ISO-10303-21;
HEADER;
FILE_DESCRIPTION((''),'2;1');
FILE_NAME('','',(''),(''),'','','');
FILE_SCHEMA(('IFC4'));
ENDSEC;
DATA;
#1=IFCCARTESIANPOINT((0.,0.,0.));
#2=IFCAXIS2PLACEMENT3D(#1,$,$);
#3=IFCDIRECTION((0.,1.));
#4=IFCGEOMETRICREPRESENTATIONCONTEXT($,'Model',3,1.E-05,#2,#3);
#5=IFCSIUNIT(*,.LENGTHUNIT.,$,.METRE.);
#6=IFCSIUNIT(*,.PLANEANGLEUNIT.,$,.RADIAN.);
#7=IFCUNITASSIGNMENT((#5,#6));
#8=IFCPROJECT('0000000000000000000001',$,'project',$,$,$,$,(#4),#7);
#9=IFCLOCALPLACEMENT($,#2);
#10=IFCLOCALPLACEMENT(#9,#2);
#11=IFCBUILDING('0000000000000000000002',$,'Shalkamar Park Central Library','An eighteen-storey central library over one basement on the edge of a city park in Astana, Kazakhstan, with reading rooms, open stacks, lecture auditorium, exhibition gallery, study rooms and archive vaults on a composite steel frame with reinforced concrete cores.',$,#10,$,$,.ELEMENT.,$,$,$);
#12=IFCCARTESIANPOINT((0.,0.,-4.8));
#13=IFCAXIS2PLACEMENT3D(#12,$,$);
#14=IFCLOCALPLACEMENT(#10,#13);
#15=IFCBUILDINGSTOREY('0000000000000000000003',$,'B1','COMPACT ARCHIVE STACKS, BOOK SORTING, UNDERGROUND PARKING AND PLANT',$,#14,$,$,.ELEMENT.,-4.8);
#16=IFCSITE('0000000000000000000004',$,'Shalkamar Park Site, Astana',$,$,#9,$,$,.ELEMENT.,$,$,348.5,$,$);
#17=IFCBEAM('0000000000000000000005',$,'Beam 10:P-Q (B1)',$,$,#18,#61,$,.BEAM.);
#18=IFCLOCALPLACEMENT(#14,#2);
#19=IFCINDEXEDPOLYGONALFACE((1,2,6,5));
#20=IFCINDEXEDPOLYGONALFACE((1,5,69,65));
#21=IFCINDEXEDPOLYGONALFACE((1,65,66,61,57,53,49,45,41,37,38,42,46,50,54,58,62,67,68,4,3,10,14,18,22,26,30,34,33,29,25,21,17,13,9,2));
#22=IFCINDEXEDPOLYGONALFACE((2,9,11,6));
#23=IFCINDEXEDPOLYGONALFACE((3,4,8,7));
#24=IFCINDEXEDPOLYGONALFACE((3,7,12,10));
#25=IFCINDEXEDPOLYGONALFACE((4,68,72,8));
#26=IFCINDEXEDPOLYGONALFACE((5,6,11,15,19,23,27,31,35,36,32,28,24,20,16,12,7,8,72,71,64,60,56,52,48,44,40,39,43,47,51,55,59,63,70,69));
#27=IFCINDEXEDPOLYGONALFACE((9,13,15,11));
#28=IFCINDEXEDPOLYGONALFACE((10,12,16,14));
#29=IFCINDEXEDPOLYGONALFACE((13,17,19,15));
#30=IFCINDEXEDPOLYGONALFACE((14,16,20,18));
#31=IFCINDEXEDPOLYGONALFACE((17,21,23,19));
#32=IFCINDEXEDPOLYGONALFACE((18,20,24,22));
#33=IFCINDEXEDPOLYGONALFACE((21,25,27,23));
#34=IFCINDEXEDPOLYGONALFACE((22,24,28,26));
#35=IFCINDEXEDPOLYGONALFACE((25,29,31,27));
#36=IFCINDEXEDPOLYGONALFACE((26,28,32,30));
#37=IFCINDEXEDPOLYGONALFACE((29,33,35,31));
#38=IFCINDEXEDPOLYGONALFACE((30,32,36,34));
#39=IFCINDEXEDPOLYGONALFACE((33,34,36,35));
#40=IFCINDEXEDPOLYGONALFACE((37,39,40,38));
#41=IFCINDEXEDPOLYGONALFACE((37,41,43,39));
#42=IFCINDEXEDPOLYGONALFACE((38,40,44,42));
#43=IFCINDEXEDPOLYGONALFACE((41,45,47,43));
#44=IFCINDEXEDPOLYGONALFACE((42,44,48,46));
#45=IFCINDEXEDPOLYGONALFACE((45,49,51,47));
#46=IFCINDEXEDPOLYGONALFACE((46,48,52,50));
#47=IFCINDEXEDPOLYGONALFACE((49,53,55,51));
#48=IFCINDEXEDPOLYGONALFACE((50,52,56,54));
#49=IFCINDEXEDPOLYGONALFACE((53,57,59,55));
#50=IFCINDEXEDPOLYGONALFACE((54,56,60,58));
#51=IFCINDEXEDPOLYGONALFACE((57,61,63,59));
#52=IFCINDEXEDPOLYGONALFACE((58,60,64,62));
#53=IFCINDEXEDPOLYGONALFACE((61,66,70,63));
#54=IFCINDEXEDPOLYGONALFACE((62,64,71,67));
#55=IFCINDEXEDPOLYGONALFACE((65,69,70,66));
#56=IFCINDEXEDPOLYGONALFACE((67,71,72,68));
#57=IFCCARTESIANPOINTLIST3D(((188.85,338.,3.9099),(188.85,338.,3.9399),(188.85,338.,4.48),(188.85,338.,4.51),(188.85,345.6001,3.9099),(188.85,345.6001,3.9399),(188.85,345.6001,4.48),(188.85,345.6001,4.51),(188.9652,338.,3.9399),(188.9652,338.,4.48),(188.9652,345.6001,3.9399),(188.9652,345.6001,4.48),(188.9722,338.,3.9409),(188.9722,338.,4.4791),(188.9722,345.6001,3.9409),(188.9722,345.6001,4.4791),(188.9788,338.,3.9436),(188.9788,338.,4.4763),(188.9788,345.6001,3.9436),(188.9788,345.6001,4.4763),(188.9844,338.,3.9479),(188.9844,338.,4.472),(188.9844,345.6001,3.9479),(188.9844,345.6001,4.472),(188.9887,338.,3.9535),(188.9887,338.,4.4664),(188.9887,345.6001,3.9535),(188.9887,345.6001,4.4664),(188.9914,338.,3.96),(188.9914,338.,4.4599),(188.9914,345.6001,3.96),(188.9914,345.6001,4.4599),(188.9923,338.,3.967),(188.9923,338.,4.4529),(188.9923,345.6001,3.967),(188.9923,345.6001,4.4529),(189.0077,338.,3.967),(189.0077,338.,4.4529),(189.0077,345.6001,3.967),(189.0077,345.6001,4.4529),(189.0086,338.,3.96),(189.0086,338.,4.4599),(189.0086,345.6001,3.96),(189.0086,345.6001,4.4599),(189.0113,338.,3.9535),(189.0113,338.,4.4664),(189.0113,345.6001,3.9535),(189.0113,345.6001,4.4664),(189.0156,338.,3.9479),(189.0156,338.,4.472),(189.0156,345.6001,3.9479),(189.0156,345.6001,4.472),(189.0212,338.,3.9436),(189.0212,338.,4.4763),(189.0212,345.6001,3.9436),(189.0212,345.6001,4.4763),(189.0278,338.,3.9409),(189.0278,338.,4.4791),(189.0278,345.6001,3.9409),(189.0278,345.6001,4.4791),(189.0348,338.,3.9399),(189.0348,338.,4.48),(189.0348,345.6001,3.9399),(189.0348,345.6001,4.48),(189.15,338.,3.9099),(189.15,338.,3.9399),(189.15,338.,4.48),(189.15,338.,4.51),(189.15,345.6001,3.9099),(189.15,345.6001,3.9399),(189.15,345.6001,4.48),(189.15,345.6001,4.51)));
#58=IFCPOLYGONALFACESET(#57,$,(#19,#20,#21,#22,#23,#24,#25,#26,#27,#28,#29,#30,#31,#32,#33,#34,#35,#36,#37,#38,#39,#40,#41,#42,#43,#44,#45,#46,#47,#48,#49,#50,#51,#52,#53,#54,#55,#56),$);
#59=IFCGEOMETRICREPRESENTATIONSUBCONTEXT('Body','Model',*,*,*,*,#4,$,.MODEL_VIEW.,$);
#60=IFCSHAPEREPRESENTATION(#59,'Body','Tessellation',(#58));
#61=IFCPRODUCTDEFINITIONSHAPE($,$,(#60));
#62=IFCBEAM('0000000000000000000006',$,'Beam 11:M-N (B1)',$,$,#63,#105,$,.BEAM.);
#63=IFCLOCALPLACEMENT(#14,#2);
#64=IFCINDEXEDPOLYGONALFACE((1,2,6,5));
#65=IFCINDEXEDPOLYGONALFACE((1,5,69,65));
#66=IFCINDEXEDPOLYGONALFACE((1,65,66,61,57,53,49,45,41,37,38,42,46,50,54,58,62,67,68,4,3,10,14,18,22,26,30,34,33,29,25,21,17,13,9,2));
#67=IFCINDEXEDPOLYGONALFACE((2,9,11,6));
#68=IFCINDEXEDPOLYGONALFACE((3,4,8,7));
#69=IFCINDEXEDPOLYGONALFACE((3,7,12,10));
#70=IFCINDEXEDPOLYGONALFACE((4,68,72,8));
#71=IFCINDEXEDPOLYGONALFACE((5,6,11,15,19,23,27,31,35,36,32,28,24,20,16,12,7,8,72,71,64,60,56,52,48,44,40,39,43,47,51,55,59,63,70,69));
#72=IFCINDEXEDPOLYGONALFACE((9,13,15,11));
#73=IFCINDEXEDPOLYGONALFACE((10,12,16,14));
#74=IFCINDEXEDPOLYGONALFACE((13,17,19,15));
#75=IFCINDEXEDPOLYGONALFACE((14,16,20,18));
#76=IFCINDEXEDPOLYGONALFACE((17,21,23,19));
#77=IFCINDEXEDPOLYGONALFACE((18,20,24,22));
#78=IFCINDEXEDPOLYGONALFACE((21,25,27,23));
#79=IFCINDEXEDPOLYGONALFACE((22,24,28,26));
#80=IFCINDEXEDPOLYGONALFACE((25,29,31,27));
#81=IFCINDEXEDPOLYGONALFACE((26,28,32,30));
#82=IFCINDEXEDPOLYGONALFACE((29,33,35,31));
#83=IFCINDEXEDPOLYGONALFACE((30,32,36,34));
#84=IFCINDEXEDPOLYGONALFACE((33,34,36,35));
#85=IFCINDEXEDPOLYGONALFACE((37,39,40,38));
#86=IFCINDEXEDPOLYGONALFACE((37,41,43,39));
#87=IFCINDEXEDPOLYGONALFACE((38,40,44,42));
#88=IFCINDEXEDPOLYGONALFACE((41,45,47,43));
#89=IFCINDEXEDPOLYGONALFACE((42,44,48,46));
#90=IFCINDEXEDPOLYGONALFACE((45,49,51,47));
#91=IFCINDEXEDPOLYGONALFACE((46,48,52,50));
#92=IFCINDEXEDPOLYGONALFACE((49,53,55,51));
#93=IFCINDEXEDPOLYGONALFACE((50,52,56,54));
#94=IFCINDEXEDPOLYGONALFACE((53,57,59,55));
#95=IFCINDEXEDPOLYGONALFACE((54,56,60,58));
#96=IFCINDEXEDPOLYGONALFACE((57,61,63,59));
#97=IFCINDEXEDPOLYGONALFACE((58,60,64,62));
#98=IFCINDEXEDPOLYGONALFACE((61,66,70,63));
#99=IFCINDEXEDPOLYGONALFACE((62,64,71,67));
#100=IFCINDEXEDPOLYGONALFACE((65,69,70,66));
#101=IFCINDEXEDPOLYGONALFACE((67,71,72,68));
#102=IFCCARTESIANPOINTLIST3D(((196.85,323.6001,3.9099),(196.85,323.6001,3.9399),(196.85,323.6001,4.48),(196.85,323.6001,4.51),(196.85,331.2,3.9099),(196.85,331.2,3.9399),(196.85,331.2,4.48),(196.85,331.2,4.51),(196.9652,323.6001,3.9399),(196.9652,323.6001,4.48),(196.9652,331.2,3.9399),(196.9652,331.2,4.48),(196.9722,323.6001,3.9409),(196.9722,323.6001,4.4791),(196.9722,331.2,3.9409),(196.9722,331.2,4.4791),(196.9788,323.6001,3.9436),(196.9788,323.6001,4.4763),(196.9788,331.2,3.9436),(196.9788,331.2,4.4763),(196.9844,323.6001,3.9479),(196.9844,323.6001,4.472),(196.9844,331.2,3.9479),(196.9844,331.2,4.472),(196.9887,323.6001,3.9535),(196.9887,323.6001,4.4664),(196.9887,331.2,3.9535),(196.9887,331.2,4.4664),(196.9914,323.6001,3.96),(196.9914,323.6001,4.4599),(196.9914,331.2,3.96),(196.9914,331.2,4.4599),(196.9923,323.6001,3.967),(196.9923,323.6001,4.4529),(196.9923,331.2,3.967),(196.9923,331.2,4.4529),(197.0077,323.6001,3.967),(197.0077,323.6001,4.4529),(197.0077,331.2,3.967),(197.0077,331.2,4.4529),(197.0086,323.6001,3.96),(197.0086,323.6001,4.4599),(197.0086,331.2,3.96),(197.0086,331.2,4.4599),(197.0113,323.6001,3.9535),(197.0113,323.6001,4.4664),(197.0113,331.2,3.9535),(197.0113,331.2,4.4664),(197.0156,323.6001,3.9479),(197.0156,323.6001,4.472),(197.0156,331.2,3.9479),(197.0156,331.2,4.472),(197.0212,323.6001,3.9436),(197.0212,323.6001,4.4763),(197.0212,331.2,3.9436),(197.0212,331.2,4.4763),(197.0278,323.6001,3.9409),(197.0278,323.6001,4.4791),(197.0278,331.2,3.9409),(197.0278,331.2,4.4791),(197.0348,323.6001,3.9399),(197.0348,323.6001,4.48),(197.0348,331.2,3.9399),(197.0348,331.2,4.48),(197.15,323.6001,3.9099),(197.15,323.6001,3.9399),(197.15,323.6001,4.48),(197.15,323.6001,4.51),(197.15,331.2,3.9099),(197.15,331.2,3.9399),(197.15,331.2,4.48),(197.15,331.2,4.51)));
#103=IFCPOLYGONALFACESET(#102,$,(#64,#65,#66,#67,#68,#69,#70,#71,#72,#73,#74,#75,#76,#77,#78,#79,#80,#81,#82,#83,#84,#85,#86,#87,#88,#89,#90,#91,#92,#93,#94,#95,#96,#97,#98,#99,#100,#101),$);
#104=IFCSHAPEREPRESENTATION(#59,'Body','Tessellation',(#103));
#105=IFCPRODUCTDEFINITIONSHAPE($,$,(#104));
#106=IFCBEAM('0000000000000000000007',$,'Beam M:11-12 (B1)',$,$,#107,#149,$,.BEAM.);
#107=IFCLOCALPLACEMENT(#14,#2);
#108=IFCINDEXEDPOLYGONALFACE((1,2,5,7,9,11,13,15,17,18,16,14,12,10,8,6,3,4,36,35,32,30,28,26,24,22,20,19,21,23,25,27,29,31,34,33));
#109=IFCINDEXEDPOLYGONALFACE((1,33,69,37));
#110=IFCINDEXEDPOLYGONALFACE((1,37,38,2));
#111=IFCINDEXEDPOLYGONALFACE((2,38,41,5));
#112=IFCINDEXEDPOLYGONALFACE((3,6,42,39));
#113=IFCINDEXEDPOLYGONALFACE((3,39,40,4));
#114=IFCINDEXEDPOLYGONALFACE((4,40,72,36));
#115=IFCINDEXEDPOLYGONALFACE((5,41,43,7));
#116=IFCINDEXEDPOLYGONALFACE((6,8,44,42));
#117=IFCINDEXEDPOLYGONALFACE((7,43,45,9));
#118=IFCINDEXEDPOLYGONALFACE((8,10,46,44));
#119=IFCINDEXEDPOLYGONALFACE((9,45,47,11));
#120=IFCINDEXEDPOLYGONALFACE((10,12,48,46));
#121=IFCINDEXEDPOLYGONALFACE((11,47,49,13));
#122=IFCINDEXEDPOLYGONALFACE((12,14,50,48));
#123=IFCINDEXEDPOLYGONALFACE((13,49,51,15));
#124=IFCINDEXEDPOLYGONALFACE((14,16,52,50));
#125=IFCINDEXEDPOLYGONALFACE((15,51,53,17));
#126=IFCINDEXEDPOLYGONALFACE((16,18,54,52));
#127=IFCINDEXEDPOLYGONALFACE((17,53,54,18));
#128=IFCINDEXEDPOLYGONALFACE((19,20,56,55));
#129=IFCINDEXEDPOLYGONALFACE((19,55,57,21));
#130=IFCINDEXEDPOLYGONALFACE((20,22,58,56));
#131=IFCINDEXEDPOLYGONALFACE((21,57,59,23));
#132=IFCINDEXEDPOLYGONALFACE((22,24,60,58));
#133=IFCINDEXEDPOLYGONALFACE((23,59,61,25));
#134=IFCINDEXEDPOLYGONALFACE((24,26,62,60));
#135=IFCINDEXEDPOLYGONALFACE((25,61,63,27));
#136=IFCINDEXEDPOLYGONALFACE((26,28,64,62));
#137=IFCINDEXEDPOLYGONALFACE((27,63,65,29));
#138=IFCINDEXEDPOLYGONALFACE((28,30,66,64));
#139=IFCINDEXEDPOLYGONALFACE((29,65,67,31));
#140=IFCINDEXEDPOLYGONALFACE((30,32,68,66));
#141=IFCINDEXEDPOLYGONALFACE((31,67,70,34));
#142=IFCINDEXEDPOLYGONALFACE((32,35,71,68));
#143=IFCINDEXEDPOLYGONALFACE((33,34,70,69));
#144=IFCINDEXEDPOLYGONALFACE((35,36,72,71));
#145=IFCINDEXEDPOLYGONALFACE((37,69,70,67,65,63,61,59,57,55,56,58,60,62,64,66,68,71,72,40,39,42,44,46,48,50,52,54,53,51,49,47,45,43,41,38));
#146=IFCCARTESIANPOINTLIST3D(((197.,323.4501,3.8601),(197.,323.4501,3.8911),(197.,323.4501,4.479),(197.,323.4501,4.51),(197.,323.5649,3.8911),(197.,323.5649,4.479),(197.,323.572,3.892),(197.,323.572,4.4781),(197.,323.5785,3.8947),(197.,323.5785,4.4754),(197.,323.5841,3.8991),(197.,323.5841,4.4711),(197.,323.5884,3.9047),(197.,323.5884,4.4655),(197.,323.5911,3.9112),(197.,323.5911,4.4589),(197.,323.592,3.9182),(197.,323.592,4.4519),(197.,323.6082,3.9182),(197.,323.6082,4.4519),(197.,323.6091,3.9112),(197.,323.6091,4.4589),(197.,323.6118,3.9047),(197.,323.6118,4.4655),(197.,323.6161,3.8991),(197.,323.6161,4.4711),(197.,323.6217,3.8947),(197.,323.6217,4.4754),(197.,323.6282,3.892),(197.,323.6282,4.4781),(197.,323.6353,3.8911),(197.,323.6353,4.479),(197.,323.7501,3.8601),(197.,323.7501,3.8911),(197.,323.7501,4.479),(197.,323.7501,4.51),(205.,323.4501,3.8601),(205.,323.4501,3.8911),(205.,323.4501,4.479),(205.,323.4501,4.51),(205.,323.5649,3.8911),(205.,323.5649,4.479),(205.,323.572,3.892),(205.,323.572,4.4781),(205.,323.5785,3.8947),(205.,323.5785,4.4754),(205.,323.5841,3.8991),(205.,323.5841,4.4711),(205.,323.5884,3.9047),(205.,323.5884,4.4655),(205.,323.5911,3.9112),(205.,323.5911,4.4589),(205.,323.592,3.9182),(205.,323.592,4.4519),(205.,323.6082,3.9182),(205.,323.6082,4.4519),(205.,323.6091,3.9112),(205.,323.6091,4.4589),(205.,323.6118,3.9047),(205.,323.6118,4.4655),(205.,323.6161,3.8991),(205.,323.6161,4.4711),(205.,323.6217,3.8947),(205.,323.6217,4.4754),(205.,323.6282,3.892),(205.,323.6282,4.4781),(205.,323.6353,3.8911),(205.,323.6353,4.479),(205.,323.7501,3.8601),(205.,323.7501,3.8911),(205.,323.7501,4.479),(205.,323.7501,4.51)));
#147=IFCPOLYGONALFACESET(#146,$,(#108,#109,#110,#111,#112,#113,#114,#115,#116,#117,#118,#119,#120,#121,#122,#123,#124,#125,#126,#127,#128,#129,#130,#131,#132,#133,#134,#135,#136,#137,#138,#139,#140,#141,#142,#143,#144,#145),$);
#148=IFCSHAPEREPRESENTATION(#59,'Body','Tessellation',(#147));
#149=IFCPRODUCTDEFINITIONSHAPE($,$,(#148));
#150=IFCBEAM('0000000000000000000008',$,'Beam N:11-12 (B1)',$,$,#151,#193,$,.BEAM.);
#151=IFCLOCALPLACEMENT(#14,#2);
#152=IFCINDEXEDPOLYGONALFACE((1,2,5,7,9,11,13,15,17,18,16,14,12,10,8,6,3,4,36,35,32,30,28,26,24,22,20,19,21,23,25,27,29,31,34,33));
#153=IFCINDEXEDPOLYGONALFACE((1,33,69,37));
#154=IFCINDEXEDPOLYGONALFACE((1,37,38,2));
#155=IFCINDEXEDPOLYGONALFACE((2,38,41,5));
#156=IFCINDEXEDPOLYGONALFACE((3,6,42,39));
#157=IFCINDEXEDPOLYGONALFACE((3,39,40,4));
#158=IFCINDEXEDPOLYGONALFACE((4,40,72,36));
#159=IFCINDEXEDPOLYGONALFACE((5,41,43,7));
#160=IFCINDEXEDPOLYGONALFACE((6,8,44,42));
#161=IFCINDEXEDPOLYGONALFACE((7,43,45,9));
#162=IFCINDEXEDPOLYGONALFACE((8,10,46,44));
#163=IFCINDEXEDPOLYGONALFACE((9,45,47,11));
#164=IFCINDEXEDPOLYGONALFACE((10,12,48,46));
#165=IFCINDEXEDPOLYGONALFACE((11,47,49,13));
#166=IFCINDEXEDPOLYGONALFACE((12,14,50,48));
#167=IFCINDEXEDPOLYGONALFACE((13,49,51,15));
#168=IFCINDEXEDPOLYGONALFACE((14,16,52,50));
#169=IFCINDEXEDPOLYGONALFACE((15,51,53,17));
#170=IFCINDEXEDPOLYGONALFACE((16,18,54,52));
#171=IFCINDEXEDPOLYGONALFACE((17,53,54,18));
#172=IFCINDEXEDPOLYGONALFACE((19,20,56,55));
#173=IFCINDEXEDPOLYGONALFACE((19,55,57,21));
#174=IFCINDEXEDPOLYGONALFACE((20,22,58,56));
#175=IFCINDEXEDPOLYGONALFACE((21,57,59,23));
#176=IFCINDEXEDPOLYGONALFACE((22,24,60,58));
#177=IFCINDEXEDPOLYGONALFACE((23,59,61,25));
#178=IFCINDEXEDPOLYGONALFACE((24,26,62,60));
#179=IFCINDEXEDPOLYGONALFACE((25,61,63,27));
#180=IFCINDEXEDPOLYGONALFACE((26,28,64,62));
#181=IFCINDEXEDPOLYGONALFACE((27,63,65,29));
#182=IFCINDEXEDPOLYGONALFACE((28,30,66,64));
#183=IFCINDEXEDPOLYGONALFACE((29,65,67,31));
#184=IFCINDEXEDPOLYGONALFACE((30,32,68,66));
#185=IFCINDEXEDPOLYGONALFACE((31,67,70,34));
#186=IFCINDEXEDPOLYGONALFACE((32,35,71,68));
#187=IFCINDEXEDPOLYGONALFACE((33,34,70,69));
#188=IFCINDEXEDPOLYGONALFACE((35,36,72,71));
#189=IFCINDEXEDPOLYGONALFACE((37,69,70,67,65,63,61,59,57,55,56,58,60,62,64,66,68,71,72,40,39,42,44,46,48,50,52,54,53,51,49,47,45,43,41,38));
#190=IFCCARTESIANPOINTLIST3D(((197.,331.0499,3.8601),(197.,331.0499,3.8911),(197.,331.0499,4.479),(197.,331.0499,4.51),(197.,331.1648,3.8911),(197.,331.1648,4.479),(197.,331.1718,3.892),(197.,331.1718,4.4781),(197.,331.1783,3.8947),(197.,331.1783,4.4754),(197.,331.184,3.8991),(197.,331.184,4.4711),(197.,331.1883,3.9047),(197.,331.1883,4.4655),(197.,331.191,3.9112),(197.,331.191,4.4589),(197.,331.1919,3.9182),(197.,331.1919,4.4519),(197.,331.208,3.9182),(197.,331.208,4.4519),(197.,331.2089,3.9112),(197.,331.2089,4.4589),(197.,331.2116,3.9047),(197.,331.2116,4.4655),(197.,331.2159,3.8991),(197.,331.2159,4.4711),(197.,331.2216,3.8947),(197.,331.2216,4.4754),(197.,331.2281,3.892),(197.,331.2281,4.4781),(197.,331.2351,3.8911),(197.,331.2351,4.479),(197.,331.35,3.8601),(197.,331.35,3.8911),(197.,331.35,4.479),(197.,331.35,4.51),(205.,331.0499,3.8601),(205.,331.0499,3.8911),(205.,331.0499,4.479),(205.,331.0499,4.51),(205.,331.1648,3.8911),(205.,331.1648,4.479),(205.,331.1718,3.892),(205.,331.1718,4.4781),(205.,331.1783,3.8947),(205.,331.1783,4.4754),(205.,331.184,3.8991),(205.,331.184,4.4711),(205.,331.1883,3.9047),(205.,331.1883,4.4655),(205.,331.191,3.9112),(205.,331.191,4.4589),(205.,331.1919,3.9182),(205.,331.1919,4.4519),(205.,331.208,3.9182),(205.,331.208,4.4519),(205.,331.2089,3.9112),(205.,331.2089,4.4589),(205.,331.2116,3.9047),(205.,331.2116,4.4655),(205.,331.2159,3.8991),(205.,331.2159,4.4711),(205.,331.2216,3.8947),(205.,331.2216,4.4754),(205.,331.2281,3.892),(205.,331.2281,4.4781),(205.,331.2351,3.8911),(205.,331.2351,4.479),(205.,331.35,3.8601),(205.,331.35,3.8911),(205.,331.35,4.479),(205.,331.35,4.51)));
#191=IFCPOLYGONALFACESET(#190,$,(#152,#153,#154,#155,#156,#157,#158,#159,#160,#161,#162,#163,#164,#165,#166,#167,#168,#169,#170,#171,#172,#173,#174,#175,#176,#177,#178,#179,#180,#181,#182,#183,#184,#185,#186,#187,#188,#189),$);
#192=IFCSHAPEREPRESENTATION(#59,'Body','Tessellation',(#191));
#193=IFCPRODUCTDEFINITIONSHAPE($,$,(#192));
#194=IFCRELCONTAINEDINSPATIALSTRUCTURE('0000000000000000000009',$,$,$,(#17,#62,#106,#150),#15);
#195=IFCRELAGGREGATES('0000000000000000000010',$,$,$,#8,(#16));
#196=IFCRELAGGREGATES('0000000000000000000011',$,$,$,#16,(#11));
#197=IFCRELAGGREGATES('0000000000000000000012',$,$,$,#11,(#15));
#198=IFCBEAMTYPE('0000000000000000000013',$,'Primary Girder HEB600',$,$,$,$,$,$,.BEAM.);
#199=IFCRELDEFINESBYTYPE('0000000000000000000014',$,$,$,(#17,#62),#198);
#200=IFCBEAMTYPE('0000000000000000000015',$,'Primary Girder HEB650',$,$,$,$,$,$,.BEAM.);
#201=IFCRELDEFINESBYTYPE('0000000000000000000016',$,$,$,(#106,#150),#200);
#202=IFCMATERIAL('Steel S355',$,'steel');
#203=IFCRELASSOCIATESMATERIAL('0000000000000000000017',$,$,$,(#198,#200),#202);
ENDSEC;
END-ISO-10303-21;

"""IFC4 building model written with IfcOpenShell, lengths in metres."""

from ifc_helpers import new_model, si_unit, direction, frame, origin, origin_2d, place, context, subcontext, project, spatial, i_section, extrude, material, material_profile, profile_set, type_object, element, save


model = new_model("IFC4")

# Units and contexts
model_context = context("Model", 3, precision=1e-05, world=origin(), true_north=direction((0.0, 1.0)))
body_context = subcontext(model_context, "Body", "Model", "MODEL_VIEW")
ifc_project = project(units=[si_unit("LENGTHUNIT", "METRE"), si_unit("PLANEANGLEUNIT", "RADIAN")], contexts=[model_context])

# Site, building, storey
site_placement = place(None, origin())
site = spatial("IfcSite", under=ifc_project, at=site_placement, Name="Shalkamar Park Site, Astana", CompositionType="ELEMENT", RefElevation=348.5)
building_placement = place(site_placement, origin())
building = spatial("IfcBuilding", under=site, at=building_placement, Name="Shalkamar Park Central Library", Description="An eighteen-storey central library over one basement on the edge of a city park in Astana, Kazakhstan, with reading rooms, open stacks, lecture auditorium, exhibition gallery, study rooms and archive vaults on a composite steel frame with reinforced concrete cores.", CompositionType="ELEMENT")
storey_placement = place(building_placement, frame((0.0, 0.0, -4.8)))
storey = spatial("IfcBuildingStorey", under=building, at=storey_placement, Name="B1", Description="COMPACT ARCHIVE STACKS, BOOK SORTING, UNDERGROUND PARKING AND PLANT", CompositionType="ELEMENT", Elevation=-4.8)

# Shared definitions
ifc_material_1 = material(Name="Steel S355", Category="steel")

# Beams
ifc_material_profile_1 = material_profile(ifc_material_1, i_section(OverallWidth=0.3, OverallDepth=0.6001, WebThickness=0.0154, FlangeThickness=0.03, FilletRadius=0.0271, at=origin_2d()), Name="HEB 600")
ifc_profile_set_1 = profile_set([ifc_material_profile_1], Name="Steel S355")
beam_type_1 = type_object("IfcBeamType", Name="Primary Girder HEB600", PredefinedType="BEAM", material=ifc_profile_set_1)
beam_1_placement = place(storey_placement, frame((189.0, 338.0, 4.21), z_axis=(0.0, 1.0, 0.0), x_axis=(-1.0, 0.0, 0.0)))
element("IfcBeam", 1, at=beam_1_placement, inside=storey, type_object=beam_type_1, Name="Beam 10:P-Q (B1)", PredefinedType="BEAM", context=body_context, shape_type="SweptSolid", body=[
    extrude(i_section(OverallWidth=0.3, OverallDepth=0.6001, WebThickness=0.0154, FlangeThickness=0.03, FilletRadius=0.0271, at=origin_2d()), origin(), (0.0, 0.0, 1.0), 7.6001),
])
beam_2_placement = place(storey_placement, frame((197.0, 323.6001, 4.21), z_axis=(0.0, 1.0, 0.0), x_axis=(-1.0, 0.0, 0.0)))
element("IfcBeam", 2, at=beam_2_placement, inside=storey, type_object=beam_type_1, Name="Beam 11:M-N (B1)", PredefinedType="BEAM", context=body_context, shape_type="SweptSolid", body=[
    extrude(i_section(OverallWidth=0.3, OverallDepth=0.6001, WebThickness=0.0154, FlangeThickness=0.03, FilletRadius=0.0271, at=origin_2d()), origin(), (0.0, 0.0, 1.0), 7.5999),
])
ifc_material_profile_2 = material_profile(ifc_material_1, i_section(OverallWidth=0.3, OverallDepth=0.6499, WebThickness=0.0161, FlangeThickness=0.031, FilletRadius=0.0271, at=origin_2d()), Name="HEB 650")
ifc_profile_set_2 = profile_set([ifc_material_profile_2], Name="Steel S355")
beam_type_2 = type_object("IfcBeamType", Name="Primary Girder HEB650", PredefinedType="BEAM", material=ifc_profile_set_2)
for number, where, z_axis, x_axis, name in (
    (3, (197.0, 323.6001, 4.1851), (1.0, 0.0, 0.0), (0.0, 1.0, 0.0), "Beam M:11-12 (B1)"),
    (4, (197.0, 331.2, 4.1851), (1.0, 0.0, 0.0), (0.0, 1.0, 0.0), "Beam N:11-12 (B1)"),
):
    element("IfcBeam", number, at=place(storey_placement, frame(where, z_axis=z_axis, x_axis=x_axis)), inside=storey, type_object=beam_type_2, Name=name, PredefinedType="BEAM", context=body_context, shape_type="SweptSolid", body=[
        extrude(i_section(OverallWidth=0.3, OverallDepth=0.6499, WebThickness=0.0161, FlangeThickness=0.031, FilletRadius=0.0271, at=origin_2d()), origin(), (0.0, 0.0, 1.0), 8.0),
    ])

save(model, "model.ifc")
